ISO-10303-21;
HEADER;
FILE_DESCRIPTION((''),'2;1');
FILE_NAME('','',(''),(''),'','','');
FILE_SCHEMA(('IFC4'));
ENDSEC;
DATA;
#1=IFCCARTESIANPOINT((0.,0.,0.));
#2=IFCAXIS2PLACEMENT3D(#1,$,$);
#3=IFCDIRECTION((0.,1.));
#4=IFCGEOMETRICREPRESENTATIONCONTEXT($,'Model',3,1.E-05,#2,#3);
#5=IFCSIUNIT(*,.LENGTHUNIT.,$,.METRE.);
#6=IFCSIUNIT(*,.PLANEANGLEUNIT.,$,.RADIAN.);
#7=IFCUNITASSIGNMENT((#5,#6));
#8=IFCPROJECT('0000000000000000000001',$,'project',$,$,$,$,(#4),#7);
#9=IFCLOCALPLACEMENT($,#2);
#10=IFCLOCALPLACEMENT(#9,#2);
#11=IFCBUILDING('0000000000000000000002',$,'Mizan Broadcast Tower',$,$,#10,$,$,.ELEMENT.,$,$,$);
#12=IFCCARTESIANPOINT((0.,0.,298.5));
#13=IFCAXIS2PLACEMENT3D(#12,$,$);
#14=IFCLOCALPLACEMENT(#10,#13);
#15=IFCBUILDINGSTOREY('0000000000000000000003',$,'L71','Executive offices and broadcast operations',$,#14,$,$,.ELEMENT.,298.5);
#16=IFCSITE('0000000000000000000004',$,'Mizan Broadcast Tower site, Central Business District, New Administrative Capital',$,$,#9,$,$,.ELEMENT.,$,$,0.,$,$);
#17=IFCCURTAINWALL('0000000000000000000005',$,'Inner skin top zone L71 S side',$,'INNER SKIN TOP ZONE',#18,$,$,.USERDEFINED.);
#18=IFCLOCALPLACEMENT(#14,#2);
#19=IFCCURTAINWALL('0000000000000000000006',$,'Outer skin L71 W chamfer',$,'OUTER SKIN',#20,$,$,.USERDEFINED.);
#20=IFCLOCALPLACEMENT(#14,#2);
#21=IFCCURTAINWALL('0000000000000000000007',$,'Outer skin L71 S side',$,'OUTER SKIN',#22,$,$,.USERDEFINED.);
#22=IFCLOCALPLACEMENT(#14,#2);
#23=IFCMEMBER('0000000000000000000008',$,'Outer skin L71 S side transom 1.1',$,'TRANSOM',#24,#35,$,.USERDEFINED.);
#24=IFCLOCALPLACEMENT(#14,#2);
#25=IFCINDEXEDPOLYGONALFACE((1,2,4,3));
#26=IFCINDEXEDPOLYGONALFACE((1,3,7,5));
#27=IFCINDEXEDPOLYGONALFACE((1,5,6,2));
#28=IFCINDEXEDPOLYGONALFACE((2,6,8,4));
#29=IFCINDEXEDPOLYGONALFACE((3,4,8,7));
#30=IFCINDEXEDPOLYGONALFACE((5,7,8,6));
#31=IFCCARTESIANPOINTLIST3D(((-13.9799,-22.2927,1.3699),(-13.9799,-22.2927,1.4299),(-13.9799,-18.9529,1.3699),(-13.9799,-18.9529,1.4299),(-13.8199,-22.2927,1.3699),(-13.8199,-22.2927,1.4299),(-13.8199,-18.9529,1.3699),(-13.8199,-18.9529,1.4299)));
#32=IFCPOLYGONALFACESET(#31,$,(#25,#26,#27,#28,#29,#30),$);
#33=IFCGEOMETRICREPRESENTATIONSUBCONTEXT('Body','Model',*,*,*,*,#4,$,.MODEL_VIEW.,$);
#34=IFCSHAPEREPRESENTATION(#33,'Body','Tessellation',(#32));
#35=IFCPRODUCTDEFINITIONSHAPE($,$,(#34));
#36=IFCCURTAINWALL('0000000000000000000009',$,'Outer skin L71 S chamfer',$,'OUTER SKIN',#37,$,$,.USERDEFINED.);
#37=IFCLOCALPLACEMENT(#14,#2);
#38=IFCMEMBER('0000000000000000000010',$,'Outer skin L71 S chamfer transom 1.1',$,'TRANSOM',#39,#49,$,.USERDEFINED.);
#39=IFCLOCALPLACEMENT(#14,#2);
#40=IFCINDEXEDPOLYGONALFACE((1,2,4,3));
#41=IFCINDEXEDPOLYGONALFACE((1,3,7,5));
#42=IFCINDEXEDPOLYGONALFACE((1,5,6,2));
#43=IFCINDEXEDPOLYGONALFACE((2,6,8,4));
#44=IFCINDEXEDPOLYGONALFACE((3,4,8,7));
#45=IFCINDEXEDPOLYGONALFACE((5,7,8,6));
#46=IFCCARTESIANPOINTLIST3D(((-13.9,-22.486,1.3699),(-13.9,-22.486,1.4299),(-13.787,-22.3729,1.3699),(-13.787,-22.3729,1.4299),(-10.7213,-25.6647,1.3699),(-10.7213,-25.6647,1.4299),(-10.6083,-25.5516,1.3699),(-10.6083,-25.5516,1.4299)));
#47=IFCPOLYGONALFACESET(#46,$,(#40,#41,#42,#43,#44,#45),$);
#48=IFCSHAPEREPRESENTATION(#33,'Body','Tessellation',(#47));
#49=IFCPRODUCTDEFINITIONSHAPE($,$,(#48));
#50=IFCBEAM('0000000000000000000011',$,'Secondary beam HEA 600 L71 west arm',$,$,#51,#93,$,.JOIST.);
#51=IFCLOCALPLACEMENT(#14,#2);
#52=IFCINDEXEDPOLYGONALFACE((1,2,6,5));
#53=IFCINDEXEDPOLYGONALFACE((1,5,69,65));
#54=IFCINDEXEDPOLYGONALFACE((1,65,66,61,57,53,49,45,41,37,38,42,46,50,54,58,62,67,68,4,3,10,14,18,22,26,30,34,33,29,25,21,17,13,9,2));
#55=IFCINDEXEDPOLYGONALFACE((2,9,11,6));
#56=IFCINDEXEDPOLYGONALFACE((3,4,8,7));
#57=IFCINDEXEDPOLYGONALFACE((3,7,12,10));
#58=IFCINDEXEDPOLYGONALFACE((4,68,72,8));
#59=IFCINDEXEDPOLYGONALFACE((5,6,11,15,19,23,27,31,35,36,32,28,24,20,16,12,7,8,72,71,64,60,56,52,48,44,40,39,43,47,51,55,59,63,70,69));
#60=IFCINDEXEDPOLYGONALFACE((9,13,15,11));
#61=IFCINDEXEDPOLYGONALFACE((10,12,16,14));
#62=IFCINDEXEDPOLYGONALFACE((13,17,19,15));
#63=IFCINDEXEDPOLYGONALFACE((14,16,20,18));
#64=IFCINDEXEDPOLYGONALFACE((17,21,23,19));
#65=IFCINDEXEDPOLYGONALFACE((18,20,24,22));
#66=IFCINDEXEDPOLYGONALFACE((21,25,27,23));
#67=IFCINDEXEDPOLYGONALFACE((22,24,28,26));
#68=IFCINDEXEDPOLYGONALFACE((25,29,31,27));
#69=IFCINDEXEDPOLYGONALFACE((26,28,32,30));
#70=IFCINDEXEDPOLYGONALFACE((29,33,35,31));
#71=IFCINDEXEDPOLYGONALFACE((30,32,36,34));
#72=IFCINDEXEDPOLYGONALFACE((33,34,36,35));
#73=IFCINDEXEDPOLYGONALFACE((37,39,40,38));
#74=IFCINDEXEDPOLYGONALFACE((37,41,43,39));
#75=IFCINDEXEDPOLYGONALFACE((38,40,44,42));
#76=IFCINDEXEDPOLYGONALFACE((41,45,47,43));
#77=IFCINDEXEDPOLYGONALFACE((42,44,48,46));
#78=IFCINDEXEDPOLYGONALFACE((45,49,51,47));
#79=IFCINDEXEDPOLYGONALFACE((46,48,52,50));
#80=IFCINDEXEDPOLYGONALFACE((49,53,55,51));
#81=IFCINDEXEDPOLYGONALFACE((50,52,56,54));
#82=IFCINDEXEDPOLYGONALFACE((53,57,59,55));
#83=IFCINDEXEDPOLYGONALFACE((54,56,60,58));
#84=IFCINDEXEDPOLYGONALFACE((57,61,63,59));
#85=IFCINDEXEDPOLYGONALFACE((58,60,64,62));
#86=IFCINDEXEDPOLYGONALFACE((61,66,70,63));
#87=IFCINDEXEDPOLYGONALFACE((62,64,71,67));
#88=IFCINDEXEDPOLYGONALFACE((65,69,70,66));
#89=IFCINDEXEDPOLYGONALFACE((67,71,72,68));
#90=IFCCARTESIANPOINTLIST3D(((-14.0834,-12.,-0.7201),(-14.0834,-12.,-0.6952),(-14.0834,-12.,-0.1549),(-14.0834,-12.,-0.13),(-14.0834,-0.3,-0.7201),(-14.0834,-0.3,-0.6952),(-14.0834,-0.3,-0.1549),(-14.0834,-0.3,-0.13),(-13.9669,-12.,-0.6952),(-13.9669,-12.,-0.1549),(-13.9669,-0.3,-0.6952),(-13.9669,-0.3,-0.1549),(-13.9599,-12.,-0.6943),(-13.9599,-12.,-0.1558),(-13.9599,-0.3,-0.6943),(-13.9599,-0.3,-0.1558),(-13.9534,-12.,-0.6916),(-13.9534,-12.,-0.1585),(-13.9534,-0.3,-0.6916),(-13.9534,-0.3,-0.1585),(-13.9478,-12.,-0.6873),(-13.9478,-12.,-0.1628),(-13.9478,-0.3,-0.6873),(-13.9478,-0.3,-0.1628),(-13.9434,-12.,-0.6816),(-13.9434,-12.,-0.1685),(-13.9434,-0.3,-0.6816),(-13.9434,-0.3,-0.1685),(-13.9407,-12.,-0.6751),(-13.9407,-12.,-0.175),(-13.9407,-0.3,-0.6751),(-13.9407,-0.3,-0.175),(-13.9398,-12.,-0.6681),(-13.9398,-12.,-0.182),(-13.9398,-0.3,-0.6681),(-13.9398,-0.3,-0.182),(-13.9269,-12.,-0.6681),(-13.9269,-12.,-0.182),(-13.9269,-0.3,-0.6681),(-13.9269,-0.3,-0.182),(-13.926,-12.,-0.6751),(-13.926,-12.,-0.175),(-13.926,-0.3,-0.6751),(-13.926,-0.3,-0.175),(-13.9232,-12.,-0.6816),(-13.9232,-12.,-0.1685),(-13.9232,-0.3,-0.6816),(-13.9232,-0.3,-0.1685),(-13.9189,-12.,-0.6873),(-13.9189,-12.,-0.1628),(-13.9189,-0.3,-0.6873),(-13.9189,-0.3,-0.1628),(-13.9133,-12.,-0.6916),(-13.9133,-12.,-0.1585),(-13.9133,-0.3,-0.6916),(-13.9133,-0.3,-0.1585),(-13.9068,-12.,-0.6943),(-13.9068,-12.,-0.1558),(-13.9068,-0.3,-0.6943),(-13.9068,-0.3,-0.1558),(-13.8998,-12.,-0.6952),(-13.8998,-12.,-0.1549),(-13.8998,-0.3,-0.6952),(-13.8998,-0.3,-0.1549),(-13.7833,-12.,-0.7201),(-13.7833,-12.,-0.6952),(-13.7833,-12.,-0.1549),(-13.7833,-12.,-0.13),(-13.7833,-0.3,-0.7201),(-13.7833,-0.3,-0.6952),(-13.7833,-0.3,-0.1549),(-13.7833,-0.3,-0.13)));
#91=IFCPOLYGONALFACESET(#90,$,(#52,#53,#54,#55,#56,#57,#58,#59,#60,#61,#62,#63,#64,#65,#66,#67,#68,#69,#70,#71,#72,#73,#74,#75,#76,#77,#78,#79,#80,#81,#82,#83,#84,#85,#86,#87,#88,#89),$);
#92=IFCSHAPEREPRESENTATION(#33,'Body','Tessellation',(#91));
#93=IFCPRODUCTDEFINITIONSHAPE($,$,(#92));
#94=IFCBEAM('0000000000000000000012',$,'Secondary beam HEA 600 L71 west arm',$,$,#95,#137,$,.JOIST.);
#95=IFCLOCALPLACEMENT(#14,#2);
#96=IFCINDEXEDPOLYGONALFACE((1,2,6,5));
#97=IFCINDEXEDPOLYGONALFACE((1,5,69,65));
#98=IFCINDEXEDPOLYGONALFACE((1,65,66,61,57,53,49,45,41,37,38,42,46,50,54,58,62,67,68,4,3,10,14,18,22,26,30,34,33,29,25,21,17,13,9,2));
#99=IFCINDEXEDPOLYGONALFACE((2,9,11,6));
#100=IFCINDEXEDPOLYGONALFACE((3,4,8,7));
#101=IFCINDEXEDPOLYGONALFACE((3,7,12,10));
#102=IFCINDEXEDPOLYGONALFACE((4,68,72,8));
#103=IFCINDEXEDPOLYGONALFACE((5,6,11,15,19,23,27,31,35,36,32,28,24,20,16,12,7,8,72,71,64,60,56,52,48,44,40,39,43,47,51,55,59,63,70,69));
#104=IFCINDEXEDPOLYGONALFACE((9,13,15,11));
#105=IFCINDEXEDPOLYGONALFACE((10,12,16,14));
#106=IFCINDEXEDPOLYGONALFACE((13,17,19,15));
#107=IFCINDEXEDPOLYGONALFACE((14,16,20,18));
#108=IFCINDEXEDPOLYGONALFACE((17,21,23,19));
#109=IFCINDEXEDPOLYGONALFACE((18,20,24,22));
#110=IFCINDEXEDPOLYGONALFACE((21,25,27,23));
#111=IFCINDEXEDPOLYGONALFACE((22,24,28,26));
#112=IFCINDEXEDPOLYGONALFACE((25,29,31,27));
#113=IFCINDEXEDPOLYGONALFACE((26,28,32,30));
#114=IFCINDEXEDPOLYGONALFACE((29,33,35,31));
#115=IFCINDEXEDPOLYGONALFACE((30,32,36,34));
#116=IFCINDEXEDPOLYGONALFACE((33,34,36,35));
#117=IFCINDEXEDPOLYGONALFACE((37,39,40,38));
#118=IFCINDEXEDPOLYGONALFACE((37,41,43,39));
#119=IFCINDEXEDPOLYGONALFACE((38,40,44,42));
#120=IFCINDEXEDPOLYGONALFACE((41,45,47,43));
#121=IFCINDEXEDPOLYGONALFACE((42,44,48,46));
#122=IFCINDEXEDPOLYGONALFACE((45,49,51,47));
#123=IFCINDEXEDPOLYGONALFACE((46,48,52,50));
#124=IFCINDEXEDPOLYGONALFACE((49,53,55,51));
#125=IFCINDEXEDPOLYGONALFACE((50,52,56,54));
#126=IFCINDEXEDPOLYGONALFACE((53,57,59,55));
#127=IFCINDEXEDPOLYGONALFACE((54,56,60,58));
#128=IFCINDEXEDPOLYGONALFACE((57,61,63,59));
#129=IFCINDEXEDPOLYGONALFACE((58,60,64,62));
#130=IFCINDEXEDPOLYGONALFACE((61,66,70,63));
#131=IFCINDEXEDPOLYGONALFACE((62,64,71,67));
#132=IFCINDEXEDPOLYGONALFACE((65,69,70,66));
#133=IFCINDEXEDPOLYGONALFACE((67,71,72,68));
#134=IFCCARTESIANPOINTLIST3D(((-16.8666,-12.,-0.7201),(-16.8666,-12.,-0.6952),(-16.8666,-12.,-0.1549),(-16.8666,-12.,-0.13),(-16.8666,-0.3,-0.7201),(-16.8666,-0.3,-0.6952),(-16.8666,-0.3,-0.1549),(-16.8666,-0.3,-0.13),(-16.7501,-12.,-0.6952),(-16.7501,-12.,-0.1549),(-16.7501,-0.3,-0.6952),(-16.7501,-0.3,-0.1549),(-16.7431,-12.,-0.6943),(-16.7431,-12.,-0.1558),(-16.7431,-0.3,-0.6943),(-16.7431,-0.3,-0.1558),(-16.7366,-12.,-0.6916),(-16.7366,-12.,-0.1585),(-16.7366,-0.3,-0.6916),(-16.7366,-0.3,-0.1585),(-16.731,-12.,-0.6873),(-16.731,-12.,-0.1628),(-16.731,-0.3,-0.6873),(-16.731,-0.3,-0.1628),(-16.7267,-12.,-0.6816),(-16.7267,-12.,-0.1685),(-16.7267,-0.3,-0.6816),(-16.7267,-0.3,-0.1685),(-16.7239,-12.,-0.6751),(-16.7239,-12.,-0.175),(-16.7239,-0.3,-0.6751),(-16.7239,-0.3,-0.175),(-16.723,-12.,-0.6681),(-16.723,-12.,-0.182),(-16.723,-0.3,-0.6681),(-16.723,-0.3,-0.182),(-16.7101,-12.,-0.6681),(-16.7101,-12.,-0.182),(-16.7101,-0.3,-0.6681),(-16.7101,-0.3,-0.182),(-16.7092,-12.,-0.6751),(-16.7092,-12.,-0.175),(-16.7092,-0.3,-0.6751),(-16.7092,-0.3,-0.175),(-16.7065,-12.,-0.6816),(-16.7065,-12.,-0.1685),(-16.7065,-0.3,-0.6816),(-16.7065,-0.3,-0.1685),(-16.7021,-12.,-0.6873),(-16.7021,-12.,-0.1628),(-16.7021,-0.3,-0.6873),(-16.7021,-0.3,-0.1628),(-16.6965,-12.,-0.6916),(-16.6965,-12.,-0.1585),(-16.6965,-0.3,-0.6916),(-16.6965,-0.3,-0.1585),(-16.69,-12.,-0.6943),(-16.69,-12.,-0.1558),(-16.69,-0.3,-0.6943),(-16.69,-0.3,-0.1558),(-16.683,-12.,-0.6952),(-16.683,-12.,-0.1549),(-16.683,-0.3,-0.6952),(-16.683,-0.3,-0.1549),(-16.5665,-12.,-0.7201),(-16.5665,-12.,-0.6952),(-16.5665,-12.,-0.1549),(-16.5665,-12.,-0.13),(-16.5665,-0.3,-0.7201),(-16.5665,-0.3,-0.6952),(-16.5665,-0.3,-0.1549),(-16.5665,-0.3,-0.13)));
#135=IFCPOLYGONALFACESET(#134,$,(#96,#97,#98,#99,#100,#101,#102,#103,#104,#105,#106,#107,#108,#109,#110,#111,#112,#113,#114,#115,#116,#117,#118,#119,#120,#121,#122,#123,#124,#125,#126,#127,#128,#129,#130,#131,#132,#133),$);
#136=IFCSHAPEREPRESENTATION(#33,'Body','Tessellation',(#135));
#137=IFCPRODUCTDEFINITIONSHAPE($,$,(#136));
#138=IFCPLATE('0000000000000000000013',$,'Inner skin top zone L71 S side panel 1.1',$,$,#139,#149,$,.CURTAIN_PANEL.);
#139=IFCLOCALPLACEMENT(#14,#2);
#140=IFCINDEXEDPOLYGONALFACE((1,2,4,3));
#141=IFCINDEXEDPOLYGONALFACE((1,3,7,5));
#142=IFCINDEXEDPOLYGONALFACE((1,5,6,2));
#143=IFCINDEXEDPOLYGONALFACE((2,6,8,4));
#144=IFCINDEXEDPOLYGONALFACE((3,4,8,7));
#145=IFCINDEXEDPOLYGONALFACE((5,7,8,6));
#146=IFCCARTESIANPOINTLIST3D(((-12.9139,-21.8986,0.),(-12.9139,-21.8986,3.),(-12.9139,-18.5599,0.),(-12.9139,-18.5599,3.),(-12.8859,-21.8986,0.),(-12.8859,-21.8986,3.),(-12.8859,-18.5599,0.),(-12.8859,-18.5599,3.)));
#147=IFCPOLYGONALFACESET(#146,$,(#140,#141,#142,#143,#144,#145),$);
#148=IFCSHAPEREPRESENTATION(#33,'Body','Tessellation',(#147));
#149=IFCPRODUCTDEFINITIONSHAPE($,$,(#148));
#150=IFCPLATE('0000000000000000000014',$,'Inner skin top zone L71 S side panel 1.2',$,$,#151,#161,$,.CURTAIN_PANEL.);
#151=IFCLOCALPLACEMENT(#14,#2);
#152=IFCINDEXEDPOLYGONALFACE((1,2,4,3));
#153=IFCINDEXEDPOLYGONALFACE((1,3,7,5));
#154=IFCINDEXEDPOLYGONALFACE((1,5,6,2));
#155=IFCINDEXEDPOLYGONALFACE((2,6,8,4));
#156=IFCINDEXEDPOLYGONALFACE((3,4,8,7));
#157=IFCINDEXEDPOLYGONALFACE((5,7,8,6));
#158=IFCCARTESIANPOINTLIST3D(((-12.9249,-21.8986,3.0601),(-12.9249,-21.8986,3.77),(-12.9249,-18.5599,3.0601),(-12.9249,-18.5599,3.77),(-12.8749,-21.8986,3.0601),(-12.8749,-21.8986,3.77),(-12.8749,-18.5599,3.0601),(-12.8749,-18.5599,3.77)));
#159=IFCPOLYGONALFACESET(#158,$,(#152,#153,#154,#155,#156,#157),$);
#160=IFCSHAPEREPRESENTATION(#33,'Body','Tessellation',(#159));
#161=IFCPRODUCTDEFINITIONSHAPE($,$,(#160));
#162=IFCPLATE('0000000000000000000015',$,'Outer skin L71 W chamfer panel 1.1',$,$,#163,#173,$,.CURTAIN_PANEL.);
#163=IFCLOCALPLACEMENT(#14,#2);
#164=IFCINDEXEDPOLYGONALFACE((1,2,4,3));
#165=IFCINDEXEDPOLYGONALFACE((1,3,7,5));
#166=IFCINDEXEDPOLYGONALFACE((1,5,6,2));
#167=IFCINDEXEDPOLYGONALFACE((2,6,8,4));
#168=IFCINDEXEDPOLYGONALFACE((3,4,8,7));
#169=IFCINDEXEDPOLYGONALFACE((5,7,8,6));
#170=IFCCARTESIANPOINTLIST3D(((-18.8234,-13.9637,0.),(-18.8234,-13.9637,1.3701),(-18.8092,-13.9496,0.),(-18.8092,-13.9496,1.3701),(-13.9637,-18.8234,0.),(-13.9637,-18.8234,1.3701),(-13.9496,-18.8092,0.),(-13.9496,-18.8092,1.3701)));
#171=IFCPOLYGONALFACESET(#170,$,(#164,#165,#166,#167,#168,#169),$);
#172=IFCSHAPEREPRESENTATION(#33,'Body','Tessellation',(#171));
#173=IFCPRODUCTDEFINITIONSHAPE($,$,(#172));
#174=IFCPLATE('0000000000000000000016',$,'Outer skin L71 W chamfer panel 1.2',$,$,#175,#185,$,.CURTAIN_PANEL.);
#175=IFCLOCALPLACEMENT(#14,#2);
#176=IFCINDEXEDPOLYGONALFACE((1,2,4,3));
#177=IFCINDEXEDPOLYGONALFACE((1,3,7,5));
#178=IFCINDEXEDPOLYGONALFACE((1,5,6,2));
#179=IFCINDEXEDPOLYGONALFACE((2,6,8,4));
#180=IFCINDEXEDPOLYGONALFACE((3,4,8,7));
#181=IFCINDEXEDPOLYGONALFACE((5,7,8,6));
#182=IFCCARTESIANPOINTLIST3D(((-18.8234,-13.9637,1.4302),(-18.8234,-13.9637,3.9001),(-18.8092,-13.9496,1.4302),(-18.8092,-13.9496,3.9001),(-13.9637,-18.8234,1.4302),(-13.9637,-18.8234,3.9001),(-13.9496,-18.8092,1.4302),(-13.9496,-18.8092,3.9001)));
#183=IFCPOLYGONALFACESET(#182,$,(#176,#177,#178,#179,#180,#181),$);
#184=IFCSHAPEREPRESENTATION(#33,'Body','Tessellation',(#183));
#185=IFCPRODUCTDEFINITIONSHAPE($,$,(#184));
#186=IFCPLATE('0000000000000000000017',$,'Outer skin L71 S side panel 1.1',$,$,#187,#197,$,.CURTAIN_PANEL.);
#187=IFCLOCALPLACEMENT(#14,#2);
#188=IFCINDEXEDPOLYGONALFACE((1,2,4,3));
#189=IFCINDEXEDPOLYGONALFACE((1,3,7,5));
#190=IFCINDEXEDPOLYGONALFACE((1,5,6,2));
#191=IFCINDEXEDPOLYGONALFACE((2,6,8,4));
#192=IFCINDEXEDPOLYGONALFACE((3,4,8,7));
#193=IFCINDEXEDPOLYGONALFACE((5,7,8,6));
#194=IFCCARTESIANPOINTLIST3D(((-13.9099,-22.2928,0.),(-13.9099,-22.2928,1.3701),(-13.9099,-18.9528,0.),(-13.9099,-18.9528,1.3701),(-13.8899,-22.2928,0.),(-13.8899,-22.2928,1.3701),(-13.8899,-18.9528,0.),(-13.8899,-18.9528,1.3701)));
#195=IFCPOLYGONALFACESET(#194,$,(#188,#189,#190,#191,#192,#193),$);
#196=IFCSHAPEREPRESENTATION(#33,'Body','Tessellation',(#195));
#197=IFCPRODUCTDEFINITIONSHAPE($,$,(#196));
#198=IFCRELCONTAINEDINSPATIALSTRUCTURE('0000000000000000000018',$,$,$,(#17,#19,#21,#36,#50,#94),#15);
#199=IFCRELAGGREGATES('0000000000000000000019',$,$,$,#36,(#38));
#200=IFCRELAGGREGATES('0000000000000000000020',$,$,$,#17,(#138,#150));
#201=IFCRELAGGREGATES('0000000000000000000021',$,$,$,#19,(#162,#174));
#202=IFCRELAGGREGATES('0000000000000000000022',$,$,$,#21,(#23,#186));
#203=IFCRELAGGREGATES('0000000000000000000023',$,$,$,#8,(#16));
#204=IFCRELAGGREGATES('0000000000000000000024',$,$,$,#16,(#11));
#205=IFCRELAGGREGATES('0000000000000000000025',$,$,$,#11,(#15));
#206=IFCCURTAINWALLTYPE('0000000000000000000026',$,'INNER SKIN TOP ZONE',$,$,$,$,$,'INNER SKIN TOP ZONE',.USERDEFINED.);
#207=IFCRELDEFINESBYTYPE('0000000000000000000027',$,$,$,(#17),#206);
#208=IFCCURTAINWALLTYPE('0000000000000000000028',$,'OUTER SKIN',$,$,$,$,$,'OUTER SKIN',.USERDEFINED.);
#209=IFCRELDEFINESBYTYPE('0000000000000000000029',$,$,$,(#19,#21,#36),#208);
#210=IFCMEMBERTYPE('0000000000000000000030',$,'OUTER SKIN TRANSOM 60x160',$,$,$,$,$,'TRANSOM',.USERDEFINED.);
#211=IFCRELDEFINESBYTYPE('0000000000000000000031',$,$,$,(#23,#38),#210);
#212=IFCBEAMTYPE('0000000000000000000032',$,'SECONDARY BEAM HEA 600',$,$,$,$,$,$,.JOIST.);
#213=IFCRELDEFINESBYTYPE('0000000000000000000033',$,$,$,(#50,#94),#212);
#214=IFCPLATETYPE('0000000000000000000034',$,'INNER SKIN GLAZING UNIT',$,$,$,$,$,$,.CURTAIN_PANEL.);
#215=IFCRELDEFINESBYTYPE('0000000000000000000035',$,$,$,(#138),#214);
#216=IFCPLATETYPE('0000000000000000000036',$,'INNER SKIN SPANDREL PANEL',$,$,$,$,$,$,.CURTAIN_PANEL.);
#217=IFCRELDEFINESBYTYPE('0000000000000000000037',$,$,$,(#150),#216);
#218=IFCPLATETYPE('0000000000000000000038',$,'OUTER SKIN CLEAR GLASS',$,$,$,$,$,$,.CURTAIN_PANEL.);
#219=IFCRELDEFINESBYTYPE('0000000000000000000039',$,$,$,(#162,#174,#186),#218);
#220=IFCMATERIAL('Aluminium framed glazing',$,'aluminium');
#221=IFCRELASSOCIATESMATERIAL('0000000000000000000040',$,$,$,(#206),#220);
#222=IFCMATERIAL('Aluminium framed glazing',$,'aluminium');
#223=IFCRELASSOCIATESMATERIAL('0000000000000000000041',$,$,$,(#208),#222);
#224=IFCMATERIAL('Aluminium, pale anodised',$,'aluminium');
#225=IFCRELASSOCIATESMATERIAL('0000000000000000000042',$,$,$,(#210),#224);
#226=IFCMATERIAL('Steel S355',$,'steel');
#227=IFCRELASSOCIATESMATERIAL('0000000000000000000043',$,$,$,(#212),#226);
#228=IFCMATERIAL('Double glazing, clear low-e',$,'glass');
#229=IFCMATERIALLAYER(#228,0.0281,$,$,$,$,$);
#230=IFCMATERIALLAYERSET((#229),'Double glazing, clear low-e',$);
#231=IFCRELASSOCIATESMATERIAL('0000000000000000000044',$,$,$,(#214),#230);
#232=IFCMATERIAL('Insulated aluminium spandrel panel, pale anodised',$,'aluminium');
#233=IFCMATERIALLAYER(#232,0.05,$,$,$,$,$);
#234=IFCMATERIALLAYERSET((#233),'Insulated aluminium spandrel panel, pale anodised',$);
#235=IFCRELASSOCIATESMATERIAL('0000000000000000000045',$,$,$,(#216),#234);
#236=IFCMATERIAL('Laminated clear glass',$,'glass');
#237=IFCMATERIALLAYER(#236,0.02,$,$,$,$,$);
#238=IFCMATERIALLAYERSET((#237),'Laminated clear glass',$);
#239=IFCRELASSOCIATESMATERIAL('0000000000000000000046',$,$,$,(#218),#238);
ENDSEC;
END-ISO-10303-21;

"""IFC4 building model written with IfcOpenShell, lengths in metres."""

from ifc_helpers import new_model, si_unit, direction, frame, origin, origin_2d, place, context, subcontext, project, spatial, rectangle, i_section, extrude, material, layer, layer_set, material_profile, profile_set, type_object, element, aggregate, save


model = new_model("IFC4")

# Units and contexts
model_context = context("Model", 3, precision=1e-05, world=origin(), true_north=direction((0.0, 1.0)))
body_context = subcontext(model_context, "Body", "Model", "MODEL_VIEW")
ifc_project = project(units=[si_unit("LENGTHUNIT", "METRE"), si_unit("PLANEANGLEUNIT", "RADIAN")], contexts=[model_context])

# Site, building, storey
site_placement = place(None, origin())
site = spatial("IfcSite", under=ifc_project, at=site_placement, Name="Mizan Broadcast Tower site, Central Business District, New Administrative Capital", CompositionType="ELEMENT", RefElevation=0.0)
building_placement = place(site_placement, origin())
building = spatial("IfcBuilding", under=site, at=building_placement, Name="Mizan Broadcast Tower", CompositionType="ELEMENT")
storey_placement = place(building_placement, frame((0.0, 0.0, 298.5)))
storey = spatial("IfcBuildingStorey", under=building, at=storey_placement, Name="L71", Description="Executive offices and broadcast operations", CompositionType="ELEMENT", Elevation=298.5)

# Shared definitions
ifc_material_1 = material(Name="Aluminium framed glazing", Category="aluminium")
curtain_wall_type_1 = type_object("IfcCurtainWallType", Name="INNER SKIN TOP ZONE", ElementType="INNER SKIN TOP ZONE", PredefinedType="USERDEFINED", material=ifc_material_1)

# Curtain wall
curtain_wall_1_placement = place(storey_placement, origin())
curtain_wall_1 = element("IfcCurtainWall", 1, at=curtain_wall_1_placement, inside=storey, type_object=curtain_wall_type_1, Name="Inner skin top zone L71 S side", ObjectType="INNER SKIN TOP ZONE", PredefinedType="USERDEFINED")

# Curtain walls
ifc_material_2 = material(Name="Aluminium framed glazing", Category="aluminium")
curtain_wall_type_2 = type_object("IfcCurtainWallType", Name="OUTER SKIN", ElementType="OUTER SKIN", PredefinedType="USERDEFINED", material=ifc_material_2)
curtain_wall_2_placement = place(storey_placement, origin())
curtain_wall_2 = element("IfcCurtainWall", 2, at=curtain_wall_2_placement, inside=storey, type_object=curtain_wall_type_2, Name="Outer skin L71 W chamfer", ObjectType="OUTER SKIN", PredefinedType="USERDEFINED")
curtain_wall_3_placement = place(storey_placement, origin())
curtain_wall_3 = element("IfcCurtainWall", 3, at=curtain_wall_3_placement, inside=storey, type_object=curtain_wall_type_2, Name="Outer skin L71 S side", ObjectType="OUTER SKIN", PredefinedType="USERDEFINED")

# Member
ifc_material_3 = material(Name="Aluminium, pale anodised", Category="aluminium")
ifc_material_profile_1 = material_profile(ifc_material_3, rectangle(XDim=0.1599, YDim=0.0601, at=origin_2d()), Name="TRANSOM 160x60")
ifc_profile_set_1 = profile_set([ifc_material_profile_1], Name="Aluminium, pale anodised")
member_type_1 = type_object("IfcMemberType", Name="OUTER SKIN TRANSOM 60x160", ElementType="TRANSOM", PredefinedType="USERDEFINED", material=ifc_profile_set_1)
member_1_placement = place(storey_placement, frame((-13.8999, -18.9529, 1.3999), z_axis=(0.0, -1.0, 0.0), x_axis=(1.0, 0.0, 0.0)))
member_1 = element("IfcMember", 4, at=member_1_placement, type_object=member_type_1, Name="Outer skin L71 S side transom 1.1", ObjectType="TRANSOM", PredefinedType="USERDEFINED", context=body_context, shape_type="SweptSolid", body=[
    extrude(rectangle(XDim=0.1599, YDim=0.0601, at=origin_2d()), origin(), (0.0, 0.0, 1.0), 3.3398),
])

# Curtain wall, member
curtain_wall_4_placement = place(storey_placement, origin())
curtain_wall_4 = element("IfcCurtainWall", 5, at=curtain_wall_4_placement, inside=storey, type_object=curtain_wall_type_2, Name="Outer skin L71 S chamfer", ObjectType="OUTER SKIN", PredefinedType="USERDEFINED")
member_2_placement = place(storey_placement, frame((-13.8435, -22.4294, 1.3999), z_axis=(0.707107, -0.707107, 0.0), x_axis=(0.707107, 0.707107, 0.0)))
member_2 = element("IfcMember", 6, at=member_2_placement, type_object=member_type_1, Name="Outer skin L71 S chamfer transom 1.1", ObjectType="TRANSOM", PredefinedType="USERDEFINED", context=body_context, shape_type="SweptSolid", body=[
    extrude(rectangle(XDim=0.1599, YDim=0.0601, at=origin_2d()), origin(), (0.0, 0.0, 1.0), 4.4954),
])
aggregate(curtain_wall_4, [member_2])

# Beams
ifc_material_4 = material(Name="Steel S355", Category="steel")
ifc_material_profile_2 = material_profile(ifc_material_4, i_section(OverallWidth=0.3, OverallDepth=0.5901, WebThickness=0.0129, FlangeThickness=0.0249, FilletRadius=0.0271, at=origin_2d()), Name="HEA 600")
ifc_profile_set_2 = profile_set([ifc_material_profile_2], Name="Steel S355")
beam_type_1 = type_object("IfcBeamType", Name="SECONDARY BEAM HEA 600", PredefinedType="JOIST", material=ifc_profile_set_2)
for number, where, z_axis, x_axis, name in (
    (7, (-13.9333, -12.0, -0.425), (0.0, 1.0, 0.0), (-1.0, 0.0, 0.0), "Secondary beam HEA 600 L71 west arm"),
    (8, (-16.7166, -12.0, -0.425), (0.0, 1.0, 0.0), (-1.0, 0.0, 0.0), "Secondary beam HEA 600 L71 west arm"),
):
    element("IfcBeam", number, at=place(storey_placement, frame(where, z_axis=z_axis, x_axis=x_axis)), inside=storey, type_object=beam_type_1, Name=name, PredefinedType="JOIST", context=body_context, shape_type="SweptSolid", body=[
        extrude(i_section(OverallWidth=0.3, OverallDepth=0.5901, WebThickness=0.0129, FlangeThickness=0.0249, FilletRadius=0.0271, at=origin_2d()), origin(), (0.0, 0.0, 1.0), 11.7),
    ])

# Plates
ifc_material_5 = material(Name="Double glazing, clear low-e", Category="glass")
ifc_layer_1 = layer(ifc_material_5, 0.0281)
ifc_layer_set_1 = layer_set([ifc_layer_1], Name="Double glazing, clear low-e")
plate_type_1 = type_object("IfcPlateType", Name="INNER SKIN GLAZING UNIT", PredefinedType="CURTAIN_PANEL", material=ifc_layer_set_1)
plate_1_placement = place(storey_placement, frame((-12.8999, -20.2292, 0.0), z_axis=(0.0, 0.0, 1.0), x_axis=(0.0, -1.0, 0.0)))
plate_1 = element("IfcPlate", 9, at=plate_1_placement, type_object=plate_type_1, Name="Inner skin top zone L71 S side panel 1.1", PredefinedType="CURTAIN_PANEL", context=body_context, shape_type="SweptSolid", body=[
    extrude(rectangle(XDim=3.3386, YDim=0.0281, at=origin_2d()), origin(), (0.0, 0.0, 1.0), 3.0),
])
ifc_material_6 = material(Name="Insulated aluminium spandrel panel, pale anodised", Category="aluminium")
ifc_layer_2 = layer(ifc_material_6, 0.05)
ifc_layer_set_2 = layer_set([ifc_layer_2], Name="Insulated aluminium spandrel panel, pale anodised")
plate_type_2 = type_object("IfcPlateType", Name="INNER SKIN SPANDREL PANEL", PredefinedType="CURTAIN_PANEL", material=ifc_layer_set_2)
plate_2_placement = place(storey_placement, frame((-12.8999, -20.2292, 3.0601), z_axis=(0.0, 0.0, 1.0), x_axis=(0.0, -1.0, 0.0)))
plate_2 = element("IfcPlate", 10, at=plate_2_placement, type_object=plate_type_2, Name="Inner skin top zone L71 S side panel 1.2", PredefinedType="CURTAIN_PANEL", context=body_context, shape_type="SweptSolid", body=[
    extrude(rectangle(XDim=3.3386, YDim=0.05, at=origin_2d()), origin(), (0.0, 0.0, 1.0), 0.71),
])
aggregate(curtain_wall_1, [plate_1, plate_2])
ifc_material_7 = material(Name="Laminated clear glass", Category="glass")
ifc_layer_3 = layer(ifc_material_7, 0.02)
ifc_layer_set_3 = layer_set([ifc_layer_3], Name="Laminated clear glass")
plate_type_3 = type_object("IfcPlateType", Name="OUTER SKIN CLEAR GLASS", PredefinedType="CURTAIN_PANEL", material=ifc_layer_set_3)
plate_3_placement = place(storey_placement, frame((-16.3865, -16.3865, 0.0), z_axis=(0.0, 0.0, 1.0), x_axis=(0.707107, -0.707107, 0.0)))
plate_3 = element("IfcPlate", 11, at=plate_3_placement, type_object=plate_type_3, Name="Outer skin L71 W chamfer panel 1.1", PredefinedType="CURTAIN_PANEL", context=body_context, shape_type="SweptSolid", body=[
    extrude(rectangle(XDim=6.8726, YDim=0.02, at=origin_2d()), origin(), (0.0, 0.0, 1.0), 1.3701),
])
plate_4_placement = place(storey_placement, frame((-16.3865, -16.3865, 1.4302), z_axis=(0.0, 0.0, 1.0), x_axis=(0.707107, -0.707107, 0.0)))
plate_4 = element("IfcPlate", 12, at=plate_4_placement, type_object=plate_type_3, Name="Outer skin L71 W chamfer panel 1.2", PredefinedType="CURTAIN_PANEL", context=body_context, shape_type="SweptSolid", body=[
    extrude(rectangle(XDim=6.8726, YDim=0.02, at=origin_2d()), origin(), (0.0, 0.0, 1.0), 2.47),
])
aggregate(curtain_wall_2, [plate_3, plate_4])
plate_5_placement = place(storey_placement, frame((-13.8999, -20.6228, 0.0), z_axis=(0.0, 0.0, 1.0), x_axis=(0.0, -1.0, 0.0)))
plate_5 = element("IfcPlate", 13, at=plate_5_placement, type_object=plate_type_3, Name="Outer skin L71 S side panel 1.1", PredefinedType="CURTAIN_PANEL", context=body_context, shape_type="SweptSolid", body=[
    extrude(rectangle(XDim=3.3401, YDim=0.02, at=origin_2d()), origin(), (0.0, 0.0, 1.0), 1.3701),
])
aggregate(curtain_wall_3, [member_1, plate_5])

save(model, "model.ifc")
